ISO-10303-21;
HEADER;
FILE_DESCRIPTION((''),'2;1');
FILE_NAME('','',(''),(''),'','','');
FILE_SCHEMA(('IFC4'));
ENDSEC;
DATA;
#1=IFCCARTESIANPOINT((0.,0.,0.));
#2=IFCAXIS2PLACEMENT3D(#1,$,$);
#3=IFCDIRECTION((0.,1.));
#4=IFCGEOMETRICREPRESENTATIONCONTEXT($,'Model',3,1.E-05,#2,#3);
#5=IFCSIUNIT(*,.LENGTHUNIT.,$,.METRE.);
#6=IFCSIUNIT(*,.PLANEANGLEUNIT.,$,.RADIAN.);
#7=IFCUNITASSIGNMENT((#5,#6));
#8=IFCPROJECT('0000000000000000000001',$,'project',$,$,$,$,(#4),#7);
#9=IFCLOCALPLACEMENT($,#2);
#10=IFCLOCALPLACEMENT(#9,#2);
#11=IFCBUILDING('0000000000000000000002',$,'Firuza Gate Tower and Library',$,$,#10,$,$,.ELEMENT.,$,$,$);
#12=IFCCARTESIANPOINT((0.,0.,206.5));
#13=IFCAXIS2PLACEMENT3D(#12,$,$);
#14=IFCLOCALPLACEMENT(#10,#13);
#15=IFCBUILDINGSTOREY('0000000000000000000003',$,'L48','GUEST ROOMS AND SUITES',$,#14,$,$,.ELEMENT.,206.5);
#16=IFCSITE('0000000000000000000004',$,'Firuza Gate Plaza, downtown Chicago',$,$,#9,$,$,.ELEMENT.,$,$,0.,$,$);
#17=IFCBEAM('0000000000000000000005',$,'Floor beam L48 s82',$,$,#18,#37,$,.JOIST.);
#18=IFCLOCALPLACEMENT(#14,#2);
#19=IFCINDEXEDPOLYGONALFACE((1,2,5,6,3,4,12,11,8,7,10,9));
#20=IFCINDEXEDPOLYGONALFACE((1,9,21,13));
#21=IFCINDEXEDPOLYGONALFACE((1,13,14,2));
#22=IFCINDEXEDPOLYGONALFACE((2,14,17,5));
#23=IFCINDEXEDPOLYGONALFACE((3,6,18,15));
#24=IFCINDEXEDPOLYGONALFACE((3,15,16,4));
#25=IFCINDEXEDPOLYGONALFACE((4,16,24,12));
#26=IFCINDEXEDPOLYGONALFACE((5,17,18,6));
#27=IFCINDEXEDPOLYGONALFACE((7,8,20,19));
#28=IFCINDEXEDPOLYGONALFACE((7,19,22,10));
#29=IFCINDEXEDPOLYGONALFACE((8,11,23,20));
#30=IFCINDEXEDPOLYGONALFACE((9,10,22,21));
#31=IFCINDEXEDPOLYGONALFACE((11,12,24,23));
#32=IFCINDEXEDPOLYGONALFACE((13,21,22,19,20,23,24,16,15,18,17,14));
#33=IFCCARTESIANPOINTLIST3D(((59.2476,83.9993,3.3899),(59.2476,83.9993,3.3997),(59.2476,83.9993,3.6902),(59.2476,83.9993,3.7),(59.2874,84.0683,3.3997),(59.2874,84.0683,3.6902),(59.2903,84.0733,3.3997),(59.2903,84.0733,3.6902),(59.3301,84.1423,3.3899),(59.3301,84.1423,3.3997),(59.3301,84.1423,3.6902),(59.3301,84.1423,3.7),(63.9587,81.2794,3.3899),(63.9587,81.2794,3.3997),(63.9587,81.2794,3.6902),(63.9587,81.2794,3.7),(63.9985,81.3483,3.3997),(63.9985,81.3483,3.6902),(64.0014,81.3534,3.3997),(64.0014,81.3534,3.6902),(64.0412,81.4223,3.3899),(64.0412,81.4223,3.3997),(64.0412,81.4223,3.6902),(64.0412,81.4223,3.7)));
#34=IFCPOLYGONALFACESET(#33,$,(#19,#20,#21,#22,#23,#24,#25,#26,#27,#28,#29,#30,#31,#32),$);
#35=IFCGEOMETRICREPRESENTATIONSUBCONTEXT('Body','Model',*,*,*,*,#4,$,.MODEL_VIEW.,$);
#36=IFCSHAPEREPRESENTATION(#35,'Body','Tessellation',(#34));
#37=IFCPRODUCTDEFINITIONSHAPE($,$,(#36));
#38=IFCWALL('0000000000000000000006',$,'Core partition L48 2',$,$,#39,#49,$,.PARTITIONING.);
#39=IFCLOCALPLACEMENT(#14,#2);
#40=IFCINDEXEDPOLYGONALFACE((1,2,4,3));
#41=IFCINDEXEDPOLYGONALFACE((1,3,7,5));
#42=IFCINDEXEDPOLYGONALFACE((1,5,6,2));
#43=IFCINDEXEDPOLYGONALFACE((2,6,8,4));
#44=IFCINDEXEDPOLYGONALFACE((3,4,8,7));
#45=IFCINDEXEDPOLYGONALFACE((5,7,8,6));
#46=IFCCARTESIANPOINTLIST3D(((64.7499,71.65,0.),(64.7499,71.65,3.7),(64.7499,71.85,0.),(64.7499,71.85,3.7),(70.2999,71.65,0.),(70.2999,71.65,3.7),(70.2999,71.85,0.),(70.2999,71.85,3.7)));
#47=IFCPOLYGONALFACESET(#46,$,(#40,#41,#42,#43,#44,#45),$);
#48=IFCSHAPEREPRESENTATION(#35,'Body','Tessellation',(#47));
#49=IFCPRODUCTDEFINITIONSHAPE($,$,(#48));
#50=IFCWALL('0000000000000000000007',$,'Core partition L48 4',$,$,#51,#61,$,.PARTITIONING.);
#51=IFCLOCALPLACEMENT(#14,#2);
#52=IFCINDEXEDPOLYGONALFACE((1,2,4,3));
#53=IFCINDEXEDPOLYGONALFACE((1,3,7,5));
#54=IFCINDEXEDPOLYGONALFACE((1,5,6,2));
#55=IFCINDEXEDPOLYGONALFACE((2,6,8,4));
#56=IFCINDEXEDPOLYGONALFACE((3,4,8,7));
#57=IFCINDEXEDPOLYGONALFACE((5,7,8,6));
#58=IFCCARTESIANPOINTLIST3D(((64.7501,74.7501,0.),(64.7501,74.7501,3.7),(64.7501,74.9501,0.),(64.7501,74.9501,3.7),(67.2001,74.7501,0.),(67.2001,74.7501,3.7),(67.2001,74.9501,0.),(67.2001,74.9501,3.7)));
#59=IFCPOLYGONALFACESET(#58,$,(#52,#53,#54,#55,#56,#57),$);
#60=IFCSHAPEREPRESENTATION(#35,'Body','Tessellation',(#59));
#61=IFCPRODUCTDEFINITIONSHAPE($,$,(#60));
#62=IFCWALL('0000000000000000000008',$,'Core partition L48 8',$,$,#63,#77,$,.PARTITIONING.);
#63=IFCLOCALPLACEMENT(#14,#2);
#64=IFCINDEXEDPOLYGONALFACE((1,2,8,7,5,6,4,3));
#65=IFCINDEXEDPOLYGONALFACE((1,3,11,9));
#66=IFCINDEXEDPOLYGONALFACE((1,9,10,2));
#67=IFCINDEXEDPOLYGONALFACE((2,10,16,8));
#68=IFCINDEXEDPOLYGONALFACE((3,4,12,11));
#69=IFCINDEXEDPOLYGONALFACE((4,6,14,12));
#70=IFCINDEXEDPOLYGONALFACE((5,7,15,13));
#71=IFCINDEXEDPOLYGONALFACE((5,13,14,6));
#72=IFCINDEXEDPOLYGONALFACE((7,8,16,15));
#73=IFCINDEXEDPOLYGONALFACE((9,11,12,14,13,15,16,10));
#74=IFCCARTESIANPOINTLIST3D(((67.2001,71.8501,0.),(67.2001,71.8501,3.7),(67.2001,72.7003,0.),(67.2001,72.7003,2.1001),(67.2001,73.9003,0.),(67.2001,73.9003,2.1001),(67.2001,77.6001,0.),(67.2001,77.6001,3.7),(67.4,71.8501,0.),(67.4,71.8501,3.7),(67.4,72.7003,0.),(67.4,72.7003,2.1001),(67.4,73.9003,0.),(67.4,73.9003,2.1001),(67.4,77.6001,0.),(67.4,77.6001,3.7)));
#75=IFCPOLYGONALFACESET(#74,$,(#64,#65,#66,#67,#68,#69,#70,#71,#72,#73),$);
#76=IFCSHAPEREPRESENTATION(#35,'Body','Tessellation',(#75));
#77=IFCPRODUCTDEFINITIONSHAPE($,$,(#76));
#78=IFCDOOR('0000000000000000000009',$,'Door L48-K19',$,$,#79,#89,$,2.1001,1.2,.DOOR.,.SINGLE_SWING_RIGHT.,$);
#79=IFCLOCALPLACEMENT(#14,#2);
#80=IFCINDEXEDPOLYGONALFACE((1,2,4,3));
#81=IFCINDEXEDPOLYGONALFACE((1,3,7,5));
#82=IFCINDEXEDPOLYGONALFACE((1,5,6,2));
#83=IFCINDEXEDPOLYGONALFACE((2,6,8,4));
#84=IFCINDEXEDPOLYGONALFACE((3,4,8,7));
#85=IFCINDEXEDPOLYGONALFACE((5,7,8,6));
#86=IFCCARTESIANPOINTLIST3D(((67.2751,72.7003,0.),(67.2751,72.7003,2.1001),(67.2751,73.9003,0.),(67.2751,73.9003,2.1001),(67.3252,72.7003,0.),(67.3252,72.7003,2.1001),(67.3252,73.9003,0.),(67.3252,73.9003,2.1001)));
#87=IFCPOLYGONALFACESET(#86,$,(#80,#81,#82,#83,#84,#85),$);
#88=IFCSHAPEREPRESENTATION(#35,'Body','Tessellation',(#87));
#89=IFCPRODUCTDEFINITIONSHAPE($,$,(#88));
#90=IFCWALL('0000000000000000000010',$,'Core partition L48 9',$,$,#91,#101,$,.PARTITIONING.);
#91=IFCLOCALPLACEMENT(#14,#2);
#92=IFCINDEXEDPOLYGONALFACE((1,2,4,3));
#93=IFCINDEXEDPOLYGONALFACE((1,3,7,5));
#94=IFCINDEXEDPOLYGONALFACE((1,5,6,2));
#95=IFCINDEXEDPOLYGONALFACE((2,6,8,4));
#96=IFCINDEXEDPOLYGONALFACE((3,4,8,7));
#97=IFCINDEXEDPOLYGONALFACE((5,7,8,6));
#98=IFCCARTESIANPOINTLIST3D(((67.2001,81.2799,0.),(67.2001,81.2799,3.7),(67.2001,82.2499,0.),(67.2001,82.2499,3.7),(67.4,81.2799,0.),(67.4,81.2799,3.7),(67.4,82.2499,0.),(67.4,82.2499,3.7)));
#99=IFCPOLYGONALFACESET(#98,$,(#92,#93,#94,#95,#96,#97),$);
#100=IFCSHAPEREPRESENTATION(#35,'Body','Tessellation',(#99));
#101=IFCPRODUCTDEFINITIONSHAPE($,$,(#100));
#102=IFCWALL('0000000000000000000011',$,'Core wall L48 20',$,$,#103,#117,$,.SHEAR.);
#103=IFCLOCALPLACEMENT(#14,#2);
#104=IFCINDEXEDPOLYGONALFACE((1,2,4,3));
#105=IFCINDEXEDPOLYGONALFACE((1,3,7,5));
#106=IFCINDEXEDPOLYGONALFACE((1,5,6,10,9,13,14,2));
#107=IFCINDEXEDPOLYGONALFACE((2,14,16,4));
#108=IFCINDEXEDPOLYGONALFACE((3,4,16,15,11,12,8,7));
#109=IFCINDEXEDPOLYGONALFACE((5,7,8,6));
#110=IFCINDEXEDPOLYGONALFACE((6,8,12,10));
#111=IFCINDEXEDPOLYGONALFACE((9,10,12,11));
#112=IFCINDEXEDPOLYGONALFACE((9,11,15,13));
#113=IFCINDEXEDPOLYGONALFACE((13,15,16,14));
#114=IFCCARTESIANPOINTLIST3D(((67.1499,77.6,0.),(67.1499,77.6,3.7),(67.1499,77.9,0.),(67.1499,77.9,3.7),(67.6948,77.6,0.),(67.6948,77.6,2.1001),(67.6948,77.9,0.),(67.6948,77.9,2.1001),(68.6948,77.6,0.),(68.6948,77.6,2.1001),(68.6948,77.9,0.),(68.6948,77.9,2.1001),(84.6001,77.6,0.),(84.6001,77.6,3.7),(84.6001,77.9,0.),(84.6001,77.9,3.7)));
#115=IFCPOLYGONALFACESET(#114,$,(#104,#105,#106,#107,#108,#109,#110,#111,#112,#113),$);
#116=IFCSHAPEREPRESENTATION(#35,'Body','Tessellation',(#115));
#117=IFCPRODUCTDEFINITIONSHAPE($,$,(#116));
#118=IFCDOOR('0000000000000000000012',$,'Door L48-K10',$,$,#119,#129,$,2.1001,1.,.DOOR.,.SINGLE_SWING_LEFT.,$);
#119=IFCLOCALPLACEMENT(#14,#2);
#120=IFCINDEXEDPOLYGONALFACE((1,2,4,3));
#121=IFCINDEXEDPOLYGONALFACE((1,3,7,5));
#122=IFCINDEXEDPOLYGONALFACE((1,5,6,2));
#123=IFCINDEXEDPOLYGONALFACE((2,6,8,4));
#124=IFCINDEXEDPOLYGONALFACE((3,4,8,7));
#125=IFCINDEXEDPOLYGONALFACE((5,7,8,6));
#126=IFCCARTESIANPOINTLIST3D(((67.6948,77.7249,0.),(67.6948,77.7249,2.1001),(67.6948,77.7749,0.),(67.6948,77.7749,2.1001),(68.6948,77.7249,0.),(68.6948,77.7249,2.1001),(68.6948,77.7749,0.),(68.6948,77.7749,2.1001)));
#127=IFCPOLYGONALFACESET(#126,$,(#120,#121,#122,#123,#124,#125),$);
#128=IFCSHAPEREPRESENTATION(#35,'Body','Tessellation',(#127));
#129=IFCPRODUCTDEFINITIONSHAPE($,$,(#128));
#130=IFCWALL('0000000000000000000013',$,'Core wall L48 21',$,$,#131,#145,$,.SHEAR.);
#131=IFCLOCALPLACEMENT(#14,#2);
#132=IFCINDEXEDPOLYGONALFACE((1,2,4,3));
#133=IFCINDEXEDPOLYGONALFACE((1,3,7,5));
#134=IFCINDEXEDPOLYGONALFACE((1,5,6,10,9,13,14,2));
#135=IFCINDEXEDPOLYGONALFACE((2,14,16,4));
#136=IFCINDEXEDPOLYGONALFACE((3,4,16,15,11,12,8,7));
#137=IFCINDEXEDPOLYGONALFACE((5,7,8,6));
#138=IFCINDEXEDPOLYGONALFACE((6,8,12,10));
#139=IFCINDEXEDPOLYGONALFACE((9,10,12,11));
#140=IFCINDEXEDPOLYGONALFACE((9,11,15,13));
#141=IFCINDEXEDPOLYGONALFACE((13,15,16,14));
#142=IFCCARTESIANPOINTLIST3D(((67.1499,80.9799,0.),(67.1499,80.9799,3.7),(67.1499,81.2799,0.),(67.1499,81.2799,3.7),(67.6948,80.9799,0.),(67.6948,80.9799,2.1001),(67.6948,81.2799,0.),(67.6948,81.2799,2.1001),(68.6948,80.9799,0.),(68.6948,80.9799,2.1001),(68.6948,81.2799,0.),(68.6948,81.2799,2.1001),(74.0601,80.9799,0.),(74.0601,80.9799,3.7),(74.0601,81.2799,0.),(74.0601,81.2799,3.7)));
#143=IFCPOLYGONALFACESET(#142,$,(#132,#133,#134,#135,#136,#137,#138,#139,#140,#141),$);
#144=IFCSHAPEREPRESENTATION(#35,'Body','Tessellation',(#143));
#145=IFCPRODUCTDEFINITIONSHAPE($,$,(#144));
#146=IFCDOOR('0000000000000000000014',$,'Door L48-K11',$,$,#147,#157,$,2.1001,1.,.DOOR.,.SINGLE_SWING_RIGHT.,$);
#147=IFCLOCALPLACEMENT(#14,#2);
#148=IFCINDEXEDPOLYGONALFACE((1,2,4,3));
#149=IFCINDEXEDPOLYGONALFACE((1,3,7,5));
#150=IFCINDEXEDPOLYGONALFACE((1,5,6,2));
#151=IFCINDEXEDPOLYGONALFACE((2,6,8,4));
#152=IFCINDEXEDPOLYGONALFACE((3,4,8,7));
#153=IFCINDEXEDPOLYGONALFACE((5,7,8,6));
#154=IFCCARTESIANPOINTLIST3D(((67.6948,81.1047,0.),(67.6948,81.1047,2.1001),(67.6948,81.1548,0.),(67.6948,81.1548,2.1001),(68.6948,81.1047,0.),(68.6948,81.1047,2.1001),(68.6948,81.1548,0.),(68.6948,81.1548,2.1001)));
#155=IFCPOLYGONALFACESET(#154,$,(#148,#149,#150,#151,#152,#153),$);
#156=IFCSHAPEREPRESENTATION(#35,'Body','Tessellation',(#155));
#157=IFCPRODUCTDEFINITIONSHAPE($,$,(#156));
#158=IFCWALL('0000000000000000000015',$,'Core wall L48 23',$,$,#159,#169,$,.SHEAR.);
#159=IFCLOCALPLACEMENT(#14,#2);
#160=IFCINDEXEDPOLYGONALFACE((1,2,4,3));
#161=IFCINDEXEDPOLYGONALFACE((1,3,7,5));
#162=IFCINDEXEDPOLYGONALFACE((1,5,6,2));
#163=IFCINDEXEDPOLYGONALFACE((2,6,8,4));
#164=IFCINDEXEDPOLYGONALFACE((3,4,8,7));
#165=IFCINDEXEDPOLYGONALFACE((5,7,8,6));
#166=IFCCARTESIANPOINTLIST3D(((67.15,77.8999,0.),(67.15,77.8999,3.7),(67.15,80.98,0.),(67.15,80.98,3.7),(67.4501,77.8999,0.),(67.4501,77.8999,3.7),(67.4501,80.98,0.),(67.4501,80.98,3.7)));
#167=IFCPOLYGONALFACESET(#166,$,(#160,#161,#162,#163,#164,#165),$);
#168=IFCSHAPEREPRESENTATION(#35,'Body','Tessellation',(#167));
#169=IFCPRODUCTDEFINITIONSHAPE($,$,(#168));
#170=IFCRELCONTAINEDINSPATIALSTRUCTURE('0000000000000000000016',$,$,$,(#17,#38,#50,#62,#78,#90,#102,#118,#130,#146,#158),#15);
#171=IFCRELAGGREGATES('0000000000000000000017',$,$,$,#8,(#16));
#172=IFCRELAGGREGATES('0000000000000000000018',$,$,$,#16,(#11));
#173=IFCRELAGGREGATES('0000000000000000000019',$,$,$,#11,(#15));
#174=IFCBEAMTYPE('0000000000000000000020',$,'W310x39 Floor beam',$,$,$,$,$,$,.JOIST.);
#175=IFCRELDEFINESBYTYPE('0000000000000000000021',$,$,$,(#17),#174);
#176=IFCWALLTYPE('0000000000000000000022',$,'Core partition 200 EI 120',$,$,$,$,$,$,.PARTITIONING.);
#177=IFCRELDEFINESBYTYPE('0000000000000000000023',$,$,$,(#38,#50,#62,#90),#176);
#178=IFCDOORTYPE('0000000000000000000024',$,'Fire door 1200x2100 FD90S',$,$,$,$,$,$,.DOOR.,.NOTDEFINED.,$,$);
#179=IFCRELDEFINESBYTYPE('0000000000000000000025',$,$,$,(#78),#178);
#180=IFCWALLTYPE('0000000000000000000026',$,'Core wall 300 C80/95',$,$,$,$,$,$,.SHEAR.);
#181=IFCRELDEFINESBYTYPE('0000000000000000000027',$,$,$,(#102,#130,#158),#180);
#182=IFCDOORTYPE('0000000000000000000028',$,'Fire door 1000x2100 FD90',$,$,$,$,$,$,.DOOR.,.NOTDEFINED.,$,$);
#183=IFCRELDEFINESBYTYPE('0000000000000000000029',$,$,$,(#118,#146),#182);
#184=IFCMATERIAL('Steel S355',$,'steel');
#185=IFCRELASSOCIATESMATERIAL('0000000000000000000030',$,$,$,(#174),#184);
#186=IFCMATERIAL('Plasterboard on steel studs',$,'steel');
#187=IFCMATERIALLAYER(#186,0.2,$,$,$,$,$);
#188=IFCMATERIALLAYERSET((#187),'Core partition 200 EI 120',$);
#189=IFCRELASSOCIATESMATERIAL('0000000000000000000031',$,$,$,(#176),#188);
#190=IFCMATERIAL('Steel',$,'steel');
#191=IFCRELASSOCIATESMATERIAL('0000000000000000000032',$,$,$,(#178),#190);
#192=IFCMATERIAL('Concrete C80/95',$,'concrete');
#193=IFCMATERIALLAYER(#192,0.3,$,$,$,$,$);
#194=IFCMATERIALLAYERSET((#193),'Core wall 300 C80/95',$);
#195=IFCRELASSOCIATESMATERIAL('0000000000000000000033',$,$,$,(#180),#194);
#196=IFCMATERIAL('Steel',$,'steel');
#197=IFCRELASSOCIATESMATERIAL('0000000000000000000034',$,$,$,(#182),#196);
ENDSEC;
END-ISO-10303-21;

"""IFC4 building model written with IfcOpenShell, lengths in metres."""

from ifc_helpers import new_model, si_unit, direction, frame, frame_2d, origin, origin_2d, place, context, subcontext, project, spatial, rectangle, i_section, extrude, material, layer, layer_set, material_profile, profile_set, type_object, element, fill, save


model = new_model("IFC4")

# Units and contexts
model_context = context("Model", 3, precision=1e-05, world=origin(), true_north=direction((0.0, 1.0)))
body_context = subcontext(model_context, "Body", "Model", "MODEL_VIEW")
ifc_project = project(units=[si_unit("LENGTHUNIT", "METRE"), si_unit("PLANEANGLEUNIT", "RADIAN")], contexts=[model_context])

# Site, building, storey
site_placement = place(None, origin())
site = spatial("IfcSite", under=ifc_project, at=site_placement, Name="Firuza Gate Plaza, downtown Chicago", CompositionType="ELEMENT", RefElevation=0.0)
building_placement = place(site_placement, origin())
building = spatial("IfcBuilding", under=site, at=building_placement, Name="Firuza Gate Tower and Library", CompositionType="ELEMENT")
storey_placement = place(building_placement, frame((0.0, 0.0, 206.5)))
storey = spatial("IfcBuildingStorey", under=building, at=storey_placement, Name="L48", Description="GUEST ROOMS AND SUITES", CompositionType="ELEMENT", Elevation=206.5)

# Beam
ifc_material_1 = material(Name="Steel S355", Category="steel")
ifc_material_profile = material_profile(ifc_material_1, i_section(OverallWidth=0.165, OverallDepth=0.3101, WebThickness=0.0059, FlangeThickness=0.0098, at=origin_2d()))
ifc_profile_set = profile_set([ifc_material_profile], Name="Steel S355")
beam_type = type_object("IfcBeamType", Name="W310x39 Floor beam", PredefinedType="JOIST", material=ifc_profile_set)
beam_placement = place(storey_placement, frame((59.2888, 84.0708, 3.5449), z_axis=(0.866028, -0.499996, 0.0), x_axis=(0.499996, 0.866028, 0.0)))
element("IfcBeam", 1, at=beam_placement, inside=storey, type_object=beam_type, Name="Floor beam L48 s82", PredefinedType="JOIST", context=body_context, shape_type="SweptSolid", body=[
    extrude(i_section(OverallWidth=0.165, OverallDepth=0.3101, WebThickness=0.0059, FlangeThickness=0.0098, at=origin_2d()), origin(), (0.0, 0.0, 1.0), 5.4399),
])

# Walls
ifc_material_2 = material(Name="Plasterboard on steel studs", Category="steel")
ifc_layer_1 = layer(ifc_material_2, 0.2)
ifc_layer_set_1 = layer_set([ifc_layer_1], Name="Core partition 200 EI 120")
wall_type_1 = type_object("IfcWallType", Name="Core partition 200 EI 120", PredefinedType="PARTITIONING", material=ifc_layer_set_1)
wall_1_placement = place(storey_placement, frame((64.75, 71.75, 0.0), z_axis=(0.0, 0.0, 1.0), x_axis=(1.0, 0.0, 0.0)))
element("IfcWall", 2, at=wall_1_placement, inside=storey, type_object=wall_type_1, Name="Core partition L48 2", PredefinedType="PARTITIONING", context=body_context, shape_type="SweptSolid", body=[
    extrude(rectangle(XDim=5.55, YDim=0.2, at=frame_2d((2.7749, 0.0))), origin(), (0.0, 0.0, 1.0), 3.7),
])
wall_2_placement = place(storey_placement, frame((64.75, 74.8501, 0.0), z_axis=(0.0, 0.0, 1.0), x_axis=(1.0, 0.0, 0.0)))
element("IfcWall", 3, at=wall_2_placement, inside=storey, type_object=wall_type_1, Name="Core partition L48 4", PredefinedType="PARTITIONING", context=body_context, shape_type="SweptSolid", body=[
    extrude(rectangle(XDim=2.45, YDim=0.2, at=frame_2d((1.2251, 0.0))), origin(), (0.0, 0.0, 1.0), 3.7),
])

# Wall, opening, door
wall_3_placement = place(storey_placement, frame((67.3, 71.8501, 0.0), z_axis=(0.0, 0.0, 1.0), x_axis=(0.0, 1.0, 0.0)))
wall_3 = element("IfcWall", 4, at=wall_3_placement, inside=storey, type_object=wall_type_1, Name="Core partition L48 8", PredefinedType="PARTITIONING", context=body_context, shape_type="SweptSolid", body=[
    extrude(rectangle(XDim=5.75, YDim=0.2, at=frame_2d((2.875, 0.0))), origin(), (0.0, 0.0, 1.0), 3.7),
])
opening_1_placement = place(wall_3_placement, frame((0.8501, 0.0, 0.0)))
opening_1 = element("IfcOpeningElement", 5, at=opening_1_placement, cuts=wall_3, PredefinedType="OPENING", context=body_context, shape_type="SweptSolid", body=[
    extrude(rectangle(XDim=1.2, YDim=2.1001, at=frame_2d((0.6001, 1.05))), frame((0.0, 0.1099, 0.0), z_axis=(0.0, -1.0, 0.0), x_axis=(1.0, 0.0, 0.0)), (0.0, 0.0, 1.0), 0.22),
])
ifc_material_3 = material(Name="Steel", Category="steel")
door_type_1 = type_object("IfcDoorType", Name="Fire door 1200x2100 FD90S", OperationType="NOTDEFINED", PredefinedType="DOOR", material=ifc_material_3)
door_1_placement = place(opening_1_placement, origin())
door_1 = element("IfcDoor", 6, at=door_1_placement, inside=storey, type_object=door_type_1, Name="Door L48-K19", OperationType="SINGLE_SWING_RIGHT", OverallHeight=2.1001, OverallWidth=1.2, PredefinedType="DOOR", context=body_context, shape_type="SweptSolid", body=[
    extrude(rectangle(XDim=1.2, YDim=2.1001, at=frame_2d((0.6001, 1.05))), frame((0.0, 0.0249, 0.0), z_axis=(0.0, -1.0, 0.0), x_axis=(1.0, 0.0, 0.0)), (0.0, 0.0, 1.0), 0.05),
])
fill(opening_1, door_1)

# Wall
wall_4_placement = place(storey_placement, frame((67.3, 81.28, 0.0), z_axis=(0.0, 0.0, 1.0), x_axis=(0.0, 1.0, 0.0)))
element("IfcWall", 7, at=wall_4_placement, inside=storey, type_object=wall_type_1, Name="Core partition L48 9", PredefinedType="PARTITIONING", context=body_context, shape_type="SweptSolid", body=[
    extrude(rectangle(XDim=0.97, YDim=0.2, at=frame_2d((0.4849, 0.0))), origin(), (0.0, 0.0, 1.0), 3.7),
])

# Walls, openings, doors
ifc_material_4 = material(Name="Concrete C80/95", Category="concrete")
ifc_layer_2 = layer(ifc_material_4, 0.3)
ifc_layer_set_2 = layer_set([ifc_layer_2], Name="Core wall 300 C80/95")
wall_type_2 = type_object("IfcWallType", Name="Core wall 300 C80/95", PredefinedType="SHEAR", material=ifc_layer_set_2)
wall_5_placement = place(storey_placement, frame((67.1499, 77.75, 0.0), z_axis=(0.0, 0.0, 1.0), x_axis=(1.0, 0.0, 0.0)))
wall_5 = element("IfcWall", 8, at=wall_5_placement, inside=storey, type_object=wall_type_2, Name="Core wall L48 20", PredefinedType="SHEAR", context=body_context, shape_type="SweptSolid", body=[
    extrude(rectangle(XDim=17.4502, YDim=0.3, at=frame_2d((8.7251, 0.0))), origin(), (0.0, 0.0, 1.0), 3.7),
])
opening_2_placement = place(wall_5_placement, frame((0.5449, 0.0, 0.0)))
opening_2 = element("IfcOpeningElement", 9, at=opening_2_placement, cuts=wall_5, PredefinedType="OPENING", context=body_context, shape_type="SweptSolid", body=[
    extrude(rectangle(XDim=1.0, YDim=2.1001, at=frame_2d((0.5, 1.05))), frame((0.0, 0.1602, 0.0), z_axis=(0.0, -1.0, 0.0), x_axis=(1.0, 0.0, 0.0)), (0.0, 0.0, 1.0), 0.3201),
])
ifc_material_5 = material(Name="Steel", Category="steel")
door_type_2 = type_object("IfcDoorType", Name="Fire door 1000x2100 FD90", OperationType="NOTDEFINED", PredefinedType="DOOR", material=ifc_material_5)
door_2_placement = place(opening_2_placement, origin())
door_2 = element("IfcDoor", 10, at=door_2_placement, inside=storey, type_object=door_type_2, Name="Door L48-K10", OperationType="SINGLE_SWING_LEFT", OverallHeight=2.1001, OverallWidth=1.0, PredefinedType="DOOR", context=body_context, shape_type="SweptSolid", body=[
    extrude(rectangle(XDim=1.0, YDim=2.1001, at=frame_2d((0.5, 1.05))), frame((0.0, 0.0249, 0.0), z_axis=(0.0, -1.0, 0.0), x_axis=(1.0, 0.0, 0.0)), (0.0, 0.0, 1.0), 0.05),
])
fill(opening_2, door_2)
wall_6_placement = place(storey_placement, frame((67.1499, 81.1299, 0.0), z_axis=(0.0, 0.0, 1.0), x_axis=(1.0, 0.0, 0.0)))
wall_6 = element("IfcWall", 11, at=wall_6_placement, inside=storey, type_object=wall_type_2, Name="Core wall L48 21", PredefinedType="SHEAR", context=body_context, shape_type="SweptSolid", body=[
    extrude(rectangle(XDim=6.9102, YDim=0.3, at=frame_2d((3.4551, 0.0))), origin(), (0.0, 0.0, 1.0), 3.7),
])
opening_3_placement = place(wall_6_placement, frame((0.5449, 0.0, 0.0)))
opening_3 = element("IfcOpeningElement", 12, at=opening_3_placement, cuts=wall_6, PredefinedType="OPENING", context=body_context, shape_type="SweptSolid", body=[
    extrude(rectangle(XDim=1.0, YDim=2.1001, at=frame_2d((0.5, 1.05))), frame((0.0, 0.1602, 0.0), z_axis=(0.0, -1.0, 0.0), x_axis=(1.0, 0.0, 0.0)), (0.0, 0.0, 1.0), 0.3201),
])
door_3_placement = place(opening_3_placement, origin())
door_3 = element("IfcDoor", 13, at=door_3_placement, inside=storey, type_object=door_type_2, Name="Door L48-K11", OperationType="SINGLE_SWING_RIGHT", OverallHeight=2.1001, OverallWidth=1.0, PredefinedType="DOOR", context=body_context, shape_type="SweptSolid", body=[
    extrude(rectangle(XDim=1.0, YDim=2.1001, at=frame_2d((0.5, 1.05))), frame((0.0, 0.0249, 0.0), z_axis=(0.0, -1.0, 0.0), x_axis=(1.0, 0.0, 0.0)), (0.0, 0.0, 1.0), 0.05),
])
fill(opening_3, door_3)

# Wall
wall_7_placement = place(storey_placement, frame((67.3, 77.8999, 0.0), z_axis=(0.0, 0.0, 1.0), x_axis=(0.0, 1.0, 0.0)))
element("IfcWall", 14, at=wall_7_placement, inside=storey, type_object=wall_type_2, Name="Core wall L48 23", PredefinedType="SHEAR", context=body_context, shape_type="SweptSolid", body=[
    extrude(rectangle(XDim=3.0801, YDim=0.3, at=frame_2d((1.54, 0.0))), origin(), (0.0, 0.0, 1.0), 3.7),
])

save(model, "model.ifc")
